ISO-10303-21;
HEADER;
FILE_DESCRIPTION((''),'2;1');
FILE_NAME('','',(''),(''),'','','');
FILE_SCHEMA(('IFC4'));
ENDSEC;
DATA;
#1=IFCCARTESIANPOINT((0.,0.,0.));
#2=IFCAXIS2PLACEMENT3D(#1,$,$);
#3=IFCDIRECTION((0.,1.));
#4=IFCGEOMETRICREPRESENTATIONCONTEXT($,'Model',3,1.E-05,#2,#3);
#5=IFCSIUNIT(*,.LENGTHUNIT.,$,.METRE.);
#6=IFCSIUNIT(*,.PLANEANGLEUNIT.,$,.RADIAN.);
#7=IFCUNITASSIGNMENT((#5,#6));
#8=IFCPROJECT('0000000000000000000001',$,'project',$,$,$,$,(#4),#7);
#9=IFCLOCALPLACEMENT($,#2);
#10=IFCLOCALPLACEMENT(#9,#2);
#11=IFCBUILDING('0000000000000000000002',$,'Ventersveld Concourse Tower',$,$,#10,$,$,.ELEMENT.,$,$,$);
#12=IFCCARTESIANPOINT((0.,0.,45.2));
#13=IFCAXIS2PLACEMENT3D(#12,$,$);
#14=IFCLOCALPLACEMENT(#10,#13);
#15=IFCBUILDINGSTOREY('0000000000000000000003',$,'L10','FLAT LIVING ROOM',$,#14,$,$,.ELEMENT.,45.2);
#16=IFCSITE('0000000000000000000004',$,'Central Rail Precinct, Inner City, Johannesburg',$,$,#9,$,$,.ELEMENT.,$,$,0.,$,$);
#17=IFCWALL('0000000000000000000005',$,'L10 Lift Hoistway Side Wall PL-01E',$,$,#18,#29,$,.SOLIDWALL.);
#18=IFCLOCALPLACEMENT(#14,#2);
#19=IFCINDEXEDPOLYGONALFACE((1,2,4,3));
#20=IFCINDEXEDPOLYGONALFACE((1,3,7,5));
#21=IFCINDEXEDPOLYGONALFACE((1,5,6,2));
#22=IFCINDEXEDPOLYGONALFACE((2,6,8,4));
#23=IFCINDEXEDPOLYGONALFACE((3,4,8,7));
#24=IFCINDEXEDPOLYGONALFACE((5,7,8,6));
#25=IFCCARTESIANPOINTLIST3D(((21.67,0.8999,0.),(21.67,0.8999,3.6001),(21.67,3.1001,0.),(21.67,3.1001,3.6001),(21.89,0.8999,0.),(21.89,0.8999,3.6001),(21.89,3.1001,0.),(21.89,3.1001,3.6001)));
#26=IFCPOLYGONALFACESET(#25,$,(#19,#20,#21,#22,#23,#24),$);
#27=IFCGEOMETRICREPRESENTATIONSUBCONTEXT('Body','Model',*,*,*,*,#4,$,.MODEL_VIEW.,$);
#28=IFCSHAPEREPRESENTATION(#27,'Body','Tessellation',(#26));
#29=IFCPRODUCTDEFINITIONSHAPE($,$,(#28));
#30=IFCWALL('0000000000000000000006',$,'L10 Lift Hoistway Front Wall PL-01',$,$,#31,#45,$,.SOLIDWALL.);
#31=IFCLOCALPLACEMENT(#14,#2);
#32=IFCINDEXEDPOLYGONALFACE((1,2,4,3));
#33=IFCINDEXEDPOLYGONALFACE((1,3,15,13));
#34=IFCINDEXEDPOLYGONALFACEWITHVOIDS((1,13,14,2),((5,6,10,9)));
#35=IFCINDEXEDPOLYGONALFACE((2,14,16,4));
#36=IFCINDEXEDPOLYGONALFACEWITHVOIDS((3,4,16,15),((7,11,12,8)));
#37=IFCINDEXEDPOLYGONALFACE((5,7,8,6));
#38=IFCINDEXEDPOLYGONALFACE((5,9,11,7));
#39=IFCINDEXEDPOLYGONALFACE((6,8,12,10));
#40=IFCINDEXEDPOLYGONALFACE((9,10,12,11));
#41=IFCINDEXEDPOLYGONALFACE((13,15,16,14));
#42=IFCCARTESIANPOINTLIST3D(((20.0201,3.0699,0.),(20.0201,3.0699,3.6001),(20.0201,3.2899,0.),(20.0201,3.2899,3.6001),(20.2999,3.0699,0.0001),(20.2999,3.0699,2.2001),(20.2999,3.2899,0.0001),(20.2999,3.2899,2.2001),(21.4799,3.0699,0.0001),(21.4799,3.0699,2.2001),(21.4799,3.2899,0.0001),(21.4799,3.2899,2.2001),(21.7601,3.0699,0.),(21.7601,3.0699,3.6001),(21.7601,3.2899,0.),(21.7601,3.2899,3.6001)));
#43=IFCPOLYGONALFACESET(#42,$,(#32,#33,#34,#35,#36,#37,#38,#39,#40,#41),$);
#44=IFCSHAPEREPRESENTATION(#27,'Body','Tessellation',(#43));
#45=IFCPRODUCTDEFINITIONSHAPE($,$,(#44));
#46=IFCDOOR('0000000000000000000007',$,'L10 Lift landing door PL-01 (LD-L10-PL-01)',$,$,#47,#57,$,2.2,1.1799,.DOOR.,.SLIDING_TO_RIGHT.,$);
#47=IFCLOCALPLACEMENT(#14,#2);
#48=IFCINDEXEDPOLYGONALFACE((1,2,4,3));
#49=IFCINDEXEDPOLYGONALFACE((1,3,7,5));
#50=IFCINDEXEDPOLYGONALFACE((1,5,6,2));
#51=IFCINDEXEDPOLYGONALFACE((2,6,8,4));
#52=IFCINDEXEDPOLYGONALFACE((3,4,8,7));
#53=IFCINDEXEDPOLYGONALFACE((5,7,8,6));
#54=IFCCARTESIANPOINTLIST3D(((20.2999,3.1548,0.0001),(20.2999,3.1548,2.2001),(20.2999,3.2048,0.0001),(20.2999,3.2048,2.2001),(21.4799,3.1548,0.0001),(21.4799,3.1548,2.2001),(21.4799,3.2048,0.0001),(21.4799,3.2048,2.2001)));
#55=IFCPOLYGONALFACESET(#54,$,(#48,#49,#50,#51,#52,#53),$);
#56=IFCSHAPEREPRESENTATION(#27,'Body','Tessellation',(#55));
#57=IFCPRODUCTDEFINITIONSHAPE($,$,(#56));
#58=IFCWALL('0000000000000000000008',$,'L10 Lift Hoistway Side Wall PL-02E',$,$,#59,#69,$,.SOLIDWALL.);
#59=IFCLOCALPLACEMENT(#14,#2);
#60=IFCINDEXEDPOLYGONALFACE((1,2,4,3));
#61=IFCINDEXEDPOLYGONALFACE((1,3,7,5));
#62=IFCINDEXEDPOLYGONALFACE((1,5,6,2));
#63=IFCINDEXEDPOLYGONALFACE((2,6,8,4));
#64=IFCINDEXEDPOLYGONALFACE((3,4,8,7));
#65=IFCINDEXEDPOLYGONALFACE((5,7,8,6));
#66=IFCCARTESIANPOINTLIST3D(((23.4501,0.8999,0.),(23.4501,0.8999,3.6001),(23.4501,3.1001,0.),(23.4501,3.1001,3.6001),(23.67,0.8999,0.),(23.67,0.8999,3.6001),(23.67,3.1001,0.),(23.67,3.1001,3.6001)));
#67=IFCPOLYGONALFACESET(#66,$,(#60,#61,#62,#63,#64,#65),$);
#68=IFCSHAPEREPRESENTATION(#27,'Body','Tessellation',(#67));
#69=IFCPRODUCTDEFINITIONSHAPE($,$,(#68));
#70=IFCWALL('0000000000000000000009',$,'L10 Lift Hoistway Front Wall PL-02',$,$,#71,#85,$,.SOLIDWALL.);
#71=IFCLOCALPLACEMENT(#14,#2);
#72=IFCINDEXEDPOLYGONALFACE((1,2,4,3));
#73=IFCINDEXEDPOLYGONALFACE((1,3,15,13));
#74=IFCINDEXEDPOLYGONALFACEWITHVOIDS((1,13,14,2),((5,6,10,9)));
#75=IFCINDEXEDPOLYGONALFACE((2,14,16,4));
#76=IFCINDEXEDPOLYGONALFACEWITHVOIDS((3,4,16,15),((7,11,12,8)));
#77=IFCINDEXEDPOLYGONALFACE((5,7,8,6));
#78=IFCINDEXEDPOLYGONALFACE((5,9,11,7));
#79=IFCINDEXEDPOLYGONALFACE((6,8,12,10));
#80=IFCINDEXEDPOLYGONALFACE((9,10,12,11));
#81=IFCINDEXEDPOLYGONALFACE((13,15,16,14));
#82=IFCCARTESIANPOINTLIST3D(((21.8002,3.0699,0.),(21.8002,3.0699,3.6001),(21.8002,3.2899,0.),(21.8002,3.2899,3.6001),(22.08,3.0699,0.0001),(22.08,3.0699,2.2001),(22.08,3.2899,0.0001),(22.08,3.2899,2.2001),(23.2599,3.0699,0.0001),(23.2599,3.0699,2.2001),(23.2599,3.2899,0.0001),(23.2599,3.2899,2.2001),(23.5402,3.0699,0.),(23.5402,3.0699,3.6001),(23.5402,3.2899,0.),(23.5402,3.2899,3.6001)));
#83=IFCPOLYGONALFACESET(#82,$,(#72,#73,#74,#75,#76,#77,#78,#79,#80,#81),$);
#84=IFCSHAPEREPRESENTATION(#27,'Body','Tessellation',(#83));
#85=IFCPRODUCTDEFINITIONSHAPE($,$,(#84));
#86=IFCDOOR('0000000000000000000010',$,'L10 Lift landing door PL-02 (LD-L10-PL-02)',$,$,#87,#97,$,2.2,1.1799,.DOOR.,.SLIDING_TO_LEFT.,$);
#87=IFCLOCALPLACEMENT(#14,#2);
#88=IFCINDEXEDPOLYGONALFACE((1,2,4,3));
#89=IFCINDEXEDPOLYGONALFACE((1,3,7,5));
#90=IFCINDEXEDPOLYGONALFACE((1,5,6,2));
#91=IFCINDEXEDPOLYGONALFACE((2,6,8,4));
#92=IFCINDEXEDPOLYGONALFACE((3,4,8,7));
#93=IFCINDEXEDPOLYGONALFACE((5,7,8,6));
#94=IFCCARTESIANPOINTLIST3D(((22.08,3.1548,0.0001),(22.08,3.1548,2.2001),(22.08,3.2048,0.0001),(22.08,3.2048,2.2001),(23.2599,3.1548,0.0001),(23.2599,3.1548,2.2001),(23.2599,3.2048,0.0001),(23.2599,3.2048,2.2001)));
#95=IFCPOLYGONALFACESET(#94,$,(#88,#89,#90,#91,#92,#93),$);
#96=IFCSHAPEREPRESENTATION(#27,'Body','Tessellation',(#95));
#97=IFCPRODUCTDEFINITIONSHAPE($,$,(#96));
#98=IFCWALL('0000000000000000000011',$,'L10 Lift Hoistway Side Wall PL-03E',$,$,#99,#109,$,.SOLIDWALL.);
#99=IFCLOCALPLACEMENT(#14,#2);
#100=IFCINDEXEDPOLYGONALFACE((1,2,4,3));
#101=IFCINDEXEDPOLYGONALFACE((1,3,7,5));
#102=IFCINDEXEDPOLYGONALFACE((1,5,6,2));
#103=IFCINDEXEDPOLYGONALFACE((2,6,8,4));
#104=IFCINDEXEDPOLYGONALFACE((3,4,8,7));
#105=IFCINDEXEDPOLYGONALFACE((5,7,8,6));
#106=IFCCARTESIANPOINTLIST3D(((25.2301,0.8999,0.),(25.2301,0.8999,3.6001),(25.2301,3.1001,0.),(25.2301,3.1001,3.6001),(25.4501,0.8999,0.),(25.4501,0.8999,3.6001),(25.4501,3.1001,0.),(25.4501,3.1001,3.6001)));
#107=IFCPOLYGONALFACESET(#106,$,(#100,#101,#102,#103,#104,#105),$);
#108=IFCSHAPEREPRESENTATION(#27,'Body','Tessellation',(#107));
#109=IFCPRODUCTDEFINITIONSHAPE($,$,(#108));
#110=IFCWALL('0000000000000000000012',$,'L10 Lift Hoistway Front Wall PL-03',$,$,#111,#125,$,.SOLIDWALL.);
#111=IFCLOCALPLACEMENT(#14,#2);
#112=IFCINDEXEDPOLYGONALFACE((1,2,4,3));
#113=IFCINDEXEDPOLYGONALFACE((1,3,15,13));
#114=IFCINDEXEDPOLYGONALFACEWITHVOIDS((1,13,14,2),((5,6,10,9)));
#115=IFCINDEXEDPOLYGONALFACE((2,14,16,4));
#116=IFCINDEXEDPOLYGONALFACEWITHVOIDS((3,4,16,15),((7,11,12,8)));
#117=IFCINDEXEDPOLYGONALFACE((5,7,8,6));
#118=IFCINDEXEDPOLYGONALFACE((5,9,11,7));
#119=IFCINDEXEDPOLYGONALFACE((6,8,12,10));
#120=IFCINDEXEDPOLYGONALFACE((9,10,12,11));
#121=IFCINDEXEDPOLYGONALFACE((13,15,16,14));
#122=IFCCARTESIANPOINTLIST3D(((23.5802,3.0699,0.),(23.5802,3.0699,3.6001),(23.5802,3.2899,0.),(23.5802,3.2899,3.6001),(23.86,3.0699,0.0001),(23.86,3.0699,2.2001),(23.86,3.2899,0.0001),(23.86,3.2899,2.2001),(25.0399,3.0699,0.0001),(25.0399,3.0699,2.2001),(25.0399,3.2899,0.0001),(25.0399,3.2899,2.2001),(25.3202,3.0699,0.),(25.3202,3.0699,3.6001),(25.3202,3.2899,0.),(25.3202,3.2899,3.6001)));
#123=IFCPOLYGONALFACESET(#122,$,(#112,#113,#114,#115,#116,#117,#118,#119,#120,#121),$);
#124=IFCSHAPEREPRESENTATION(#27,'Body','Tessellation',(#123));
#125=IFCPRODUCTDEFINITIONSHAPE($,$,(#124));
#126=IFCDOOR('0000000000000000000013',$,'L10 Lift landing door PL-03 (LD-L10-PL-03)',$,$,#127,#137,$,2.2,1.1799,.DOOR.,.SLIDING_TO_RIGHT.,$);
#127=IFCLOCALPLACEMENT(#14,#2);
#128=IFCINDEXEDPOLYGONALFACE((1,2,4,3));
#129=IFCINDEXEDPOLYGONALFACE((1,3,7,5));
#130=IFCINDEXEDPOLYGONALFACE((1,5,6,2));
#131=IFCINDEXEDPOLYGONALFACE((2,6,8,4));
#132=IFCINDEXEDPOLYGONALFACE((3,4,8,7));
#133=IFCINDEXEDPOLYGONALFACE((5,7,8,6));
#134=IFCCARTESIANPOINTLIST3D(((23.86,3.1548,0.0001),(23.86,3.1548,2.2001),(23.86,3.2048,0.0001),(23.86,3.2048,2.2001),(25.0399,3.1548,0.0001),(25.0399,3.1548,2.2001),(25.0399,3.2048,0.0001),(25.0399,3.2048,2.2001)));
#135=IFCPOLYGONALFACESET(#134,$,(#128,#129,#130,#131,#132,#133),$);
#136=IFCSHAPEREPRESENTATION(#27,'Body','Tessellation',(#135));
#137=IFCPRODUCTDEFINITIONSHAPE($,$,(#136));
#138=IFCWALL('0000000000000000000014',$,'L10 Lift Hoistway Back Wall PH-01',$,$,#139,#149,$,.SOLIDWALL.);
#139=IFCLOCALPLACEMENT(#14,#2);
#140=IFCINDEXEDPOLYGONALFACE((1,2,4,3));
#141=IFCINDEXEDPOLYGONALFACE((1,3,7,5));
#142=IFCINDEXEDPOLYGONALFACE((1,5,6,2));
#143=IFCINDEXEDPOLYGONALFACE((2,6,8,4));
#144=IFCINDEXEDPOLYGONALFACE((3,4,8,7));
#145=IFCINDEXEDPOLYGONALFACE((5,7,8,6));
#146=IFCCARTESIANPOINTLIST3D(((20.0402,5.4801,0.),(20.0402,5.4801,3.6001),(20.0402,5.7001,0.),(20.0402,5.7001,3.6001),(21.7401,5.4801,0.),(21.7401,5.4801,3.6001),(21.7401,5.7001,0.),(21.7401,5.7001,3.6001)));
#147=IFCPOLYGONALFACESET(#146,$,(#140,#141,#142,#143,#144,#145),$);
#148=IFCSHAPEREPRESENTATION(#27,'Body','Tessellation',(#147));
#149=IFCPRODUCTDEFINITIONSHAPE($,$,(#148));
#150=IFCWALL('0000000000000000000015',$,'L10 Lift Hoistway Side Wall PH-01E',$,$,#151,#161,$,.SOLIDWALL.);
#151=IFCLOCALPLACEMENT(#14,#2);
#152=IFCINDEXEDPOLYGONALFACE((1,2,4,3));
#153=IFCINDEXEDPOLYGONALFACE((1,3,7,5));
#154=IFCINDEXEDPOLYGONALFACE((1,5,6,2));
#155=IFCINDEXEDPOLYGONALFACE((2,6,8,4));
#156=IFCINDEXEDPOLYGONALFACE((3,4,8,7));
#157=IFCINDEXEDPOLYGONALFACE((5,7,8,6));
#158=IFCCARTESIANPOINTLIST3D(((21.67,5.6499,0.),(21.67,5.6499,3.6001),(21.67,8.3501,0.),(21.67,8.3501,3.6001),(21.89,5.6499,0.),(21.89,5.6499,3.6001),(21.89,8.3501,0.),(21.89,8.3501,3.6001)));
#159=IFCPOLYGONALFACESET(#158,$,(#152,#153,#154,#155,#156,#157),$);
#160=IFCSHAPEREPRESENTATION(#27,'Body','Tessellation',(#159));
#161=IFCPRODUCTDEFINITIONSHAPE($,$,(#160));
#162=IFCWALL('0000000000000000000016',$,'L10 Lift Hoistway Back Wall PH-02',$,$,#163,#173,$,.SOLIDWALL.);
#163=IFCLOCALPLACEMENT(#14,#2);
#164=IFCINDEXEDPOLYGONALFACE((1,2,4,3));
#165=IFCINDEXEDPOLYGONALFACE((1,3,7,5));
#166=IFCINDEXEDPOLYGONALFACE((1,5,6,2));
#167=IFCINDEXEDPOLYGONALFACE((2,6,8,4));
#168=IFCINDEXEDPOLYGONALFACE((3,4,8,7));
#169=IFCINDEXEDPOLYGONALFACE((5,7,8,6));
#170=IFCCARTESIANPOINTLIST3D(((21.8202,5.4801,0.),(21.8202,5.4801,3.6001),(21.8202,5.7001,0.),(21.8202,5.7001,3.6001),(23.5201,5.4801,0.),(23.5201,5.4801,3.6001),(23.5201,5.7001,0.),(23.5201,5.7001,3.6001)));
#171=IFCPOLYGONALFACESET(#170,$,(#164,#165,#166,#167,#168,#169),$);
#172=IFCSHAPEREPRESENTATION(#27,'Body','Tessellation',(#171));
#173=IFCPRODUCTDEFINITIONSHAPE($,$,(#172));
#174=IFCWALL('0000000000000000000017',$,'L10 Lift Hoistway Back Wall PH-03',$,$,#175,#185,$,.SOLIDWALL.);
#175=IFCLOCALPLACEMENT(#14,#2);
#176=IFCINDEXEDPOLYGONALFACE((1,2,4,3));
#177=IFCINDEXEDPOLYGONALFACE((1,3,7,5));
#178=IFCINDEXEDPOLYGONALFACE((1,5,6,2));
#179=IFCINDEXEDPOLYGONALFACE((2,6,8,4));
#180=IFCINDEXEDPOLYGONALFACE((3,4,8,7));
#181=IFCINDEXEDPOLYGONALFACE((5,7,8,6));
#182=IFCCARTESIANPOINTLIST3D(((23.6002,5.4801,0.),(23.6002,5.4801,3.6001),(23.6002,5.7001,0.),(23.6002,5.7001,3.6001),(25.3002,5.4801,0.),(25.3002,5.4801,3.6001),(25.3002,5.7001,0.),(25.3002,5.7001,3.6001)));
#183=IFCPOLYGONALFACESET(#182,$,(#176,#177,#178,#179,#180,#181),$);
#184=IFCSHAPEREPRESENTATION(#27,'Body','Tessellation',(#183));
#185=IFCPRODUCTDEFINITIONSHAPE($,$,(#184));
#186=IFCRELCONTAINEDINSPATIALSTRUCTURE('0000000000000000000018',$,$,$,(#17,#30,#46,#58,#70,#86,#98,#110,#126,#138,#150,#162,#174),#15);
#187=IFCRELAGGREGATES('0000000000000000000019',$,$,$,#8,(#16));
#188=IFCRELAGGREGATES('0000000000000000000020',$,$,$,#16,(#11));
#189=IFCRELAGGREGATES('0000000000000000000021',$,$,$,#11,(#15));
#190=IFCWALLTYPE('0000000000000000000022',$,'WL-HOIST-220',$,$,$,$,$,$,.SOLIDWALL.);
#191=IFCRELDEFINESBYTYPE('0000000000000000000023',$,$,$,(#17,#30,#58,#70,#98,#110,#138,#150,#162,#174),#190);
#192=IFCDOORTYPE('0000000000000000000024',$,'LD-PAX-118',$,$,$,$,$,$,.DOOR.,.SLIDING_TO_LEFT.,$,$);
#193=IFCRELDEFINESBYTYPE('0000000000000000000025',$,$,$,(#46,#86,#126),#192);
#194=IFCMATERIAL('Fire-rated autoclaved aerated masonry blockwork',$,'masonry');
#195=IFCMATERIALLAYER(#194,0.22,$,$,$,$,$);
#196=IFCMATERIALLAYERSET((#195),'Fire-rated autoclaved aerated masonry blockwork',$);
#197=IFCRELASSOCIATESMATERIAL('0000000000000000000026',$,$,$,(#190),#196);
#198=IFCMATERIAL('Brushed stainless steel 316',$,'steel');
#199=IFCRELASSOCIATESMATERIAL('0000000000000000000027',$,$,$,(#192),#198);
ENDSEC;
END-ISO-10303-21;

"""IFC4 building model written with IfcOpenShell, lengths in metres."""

from ifc_helpers import new_model, si_unit, direction, frame, frame_2d, origin, place, context, subcontext, project, spatial, rectangle, extrude, material, layer, layer_set, type_object, element, fill, save


model = new_model("IFC4")

# Units and contexts
model_context = context("Model", 3, precision=1e-05, world=origin(), true_north=direction((0.0, 1.0)))
body_context = subcontext(model_context, "Body", "Model", "MODEL_VIEW")
ifc_project = project(units=[si_unit("LENGTHUNIT", "METRE"), si_unit("PLANEANGLEUNIT", "RADIAN")], contexts=[model_context])

# Site, building, storey
site_placement = place(None, origin())
site = spatial("IfcSite", under=ifc_project, at=site_placement, Name="Central Rail Precinct, Inner City, Johannesburg", CompositionType="ELEMENT", RefElevation=0.0)
building_placement = place(site_placement, origin())
building = spatial("IfcBuilding", under=site, at=building_placement, Name="Ventersveld Concourse Tower", CompositionType="ELEMENT")
storey_placement = place(building_placement, frame((0.0, 0.0, 45.2)))
storey = spatial("IfcBuildingStorey", under=building, at=storey_placement, Name="L10", Description="FLAT LIVING ROOM", CompositionType="ELEMENT", Elevation=45.2)

# Wall
ifc_material_1 = material(Name="Fire-rated autoclaved aerated masonry blockwork", Category="masonry")
ifc_layer_1 = layer(ifc_material_1, 0.22)
ifc_layer_set_1 = layer_set([ifc_layer_1], Name="Fire-rated autoclaved aerated masonry blockwork")
wall_type_1 = type_object("IfcWallType", Name="WL-HOIST-220", PredefinedType="SOLIDWALL", material=ifc_layer_set_1)
wall_1_placement = place(storey_placement, frame((21.78, 0.8999, 0.0), z_axis=(0.0, 0.0, 1.0), x_axis=(0.0, 1.0, 0.0)))
element("IfcWall", 1, at=wall_1_placement, inside=storey, type_object=wall_type_1, Name="L10 Lift Hoistway Side Wall PL-01E", PredefinedType="SOLIDWALL", context=body_context, shape_type="SweptSolid", body=[
    extrude(rectangle(XDim=2.2002, YDim=0.22, at=frame_2d((1.1001, 0.0))), origin(), (0.0, 0.0, 1.0), 3.6001),
])

# Wall, opening, door
wall_2_placement = place(storey_placement, frame((20.02, 3.1799, 0.0), z_axis=(0.0, 0.0, 1.0), x_axis=(1.0, 0.0, 0.0)))
wall_2 = element("IfcWall", 2, at=wall_2_placement, inside=storey, type_object=wall_type_1, Name="L10 Lift Hoistway Front Wall PL-01", PredefinedType="SOLIDWALL", context=body_context, shape_type="SweptSolid", body=[
    extrude(rectangle(XDim=1.74, YDim=0.22, at=frame_2d((0.8701, 0.0))), origin(), (0.0, 0.0, 1.0), 3.6001),
])
opening_1_placement = place(wall_2_placement, frame((0.28, 0.0, 0.0)))
opening_1 = element("IfcOpeningElement", 3, at=opening_1_placement, cuts=wall_2, PredefinedType="OPENING", context=body_context, shape_type="SweptSolid", body=[
    extrude(rectangle(XDim=1.1799, YDim=2.2, at=frame_2d((0.5898, 1.1001))), frame((0.0, 0.1201, 0.0), z_axis=(0.0, -1.0, 0.0), x_axis=(1.0, 0.0, 0.0)), (0.0, 0.0, 1.0), 0.24),
])
ifc_material_2 = material(Name="Brushed stainless steel 316", Category="steel")
door_type = type_object("IfcDoorType", Name="LD-PAX-118", OperationType="SLIDING_TO_LEFT", PredefinedType="DOOR", material=ifc_material_2)
door_1_placement = place(opening_1_placement, origin())
door_1 = element("IfcDoor", 4, at=door_1_placement, inside=storey, type_object=door_type, Name="L10 Lift landing door PL-01 (LD-L10-PL-01)", OperationType="SLIDING_TO_RIGHT", OverallHeight=2.2, OverallWidth=1.1799, PredefinedType="DOOR", context=body_context, shape_type="SweptSolid", body=[
    extrude(rectangle(XDim=1.1799, YDim=2.2, at=frame_2d((0.5898, 1.1001))), frame((0.0, 0.0249, 0.0), z_axis=(0.0, -1.0, 0.0), x_axis=(1.0, 0.0, 0.0)), (0.0, 0.0, 1.0), 0.05),
])
fill(opening_1, door_1)

# Wall
wall_3_placement = place(storey_placement, frame((23.5601, 0.8999, 0.0), z_axis=(0.0, 0.0, 1.0), x_axis=(0.0, 1.0, 0.0)))
element("IfcWall", 5, at=wall_3_placement, inside=storey, type_object=wall_type_1, Name="L10 Lift Hoistway Side Wall PL-02E", PredefinedType="SOLIDWALL", context=body_context, shape_type="SweptSolid", body=[
    extrude(rectangle(XDim=2.2002, YDim=0.22, at=frame_2d((1.1001, 0.0))), origin(), (0.0, 0.0, 1.0), 3.6001),
])

# Wall, opening, door
wall_4_placement = place(storey_placement, frame((21.8, 3.1799, 0.0), z_axis=(0.0, 0.0, 1.0), x_axis=(1.0, 0.0, 0.0)))
wall_4 = element("IfcWall", 6, at=wall_4_placement, inside=storey, type_object=wall_type_1, Name="L10 Lift Hoistway Front Wall PL-02", PredefinedType="SOLIDWALL", context=body_context, shape_type="SweptSolid", body=[
    extrude(rectangle(XDim=1.74, YDim=0.22, at=frame_2d((0.8701, 0.0))), origin(), (0.0, 0.0, 1.0), 3.6001),
])
opening_2_placement = place(wall_4_placement, frame((0.28, 0.0, 0.0)))
opening_2 = element("IfcOpeningElement", 7, at=opening_2_placement, cuts=wall_4, PredefinedType="OPENING", context=body_context, shape_type="SweptSolid", body=[
    extrude(rectangle(XDim=1.1799, YDim=2.2, at=frame_2d((0.5898, 1.1001))), frame((0.0, 0.1201, 0.0), z_axis=(0.0, -1.0, 0.0), x_axis=(1.0, 0.0, 0.0)), (0.0, 0.0, 1.0), 0.24),
])
door_2_placement = place(opening_2_placement, origin())
door_2 = element("IfcDoor", 8, at=door_2_placement, inside=storey, type_object=door_type, Name="L10 Lift landing door PL-02 (LD-L10-PL-02)", OperationType="SLIDING_TO_LEFT", OverallHeight=2.2, OverallWidth=1.1799, PredefinedType="DOOR", context=body_context, shape_type="SweptSolid", body=[
    extrude(rectangle(XDim=1.1799, YDim=2.2, at=frame_2d((0.5898, 1.1001))), frame((0.0, 0.0249, 0.0), z_axis=(0.0, -1.0, 0.0), x_axis=(1.0, 0.0, 0.0)), (0.0, 0.0, 1.0), 0.05),
])
fill(opening_2, door_2)

# Wall
wall_5_placement = place(storey_placement, frame((25.3401, 0.8999, 0.0), z_axis=(0.0, 0.0, 1.0), x_axis=(0.0, 1.0, 0.0)))
element("IfcWall", 9, at=wall_5_placement, inside=storey, type_object=wall_type_1, Name="L10 Lift Hoistway Side Wall PL-03E", PredefinedType="SOLIDWALL", context=body_context, shape_type="SweptSolid", body=[
    extrude(rectangle(XDim=2.2002, YDim=0.22, at=frame_2d((1.1001, 0.0))), origin(), (0.0, 0.0, 1.0), 3.6001),
])

# Wall, opening, door
wall_6_placement = place(storey_placement, frame((23.5801, 3.1799, 0.0), z_axis=(0.0, 0.0, 1.0), x_axis=(1.0, 0.0, 0.0)))
wall_6 = element("IfcWall", 10, at=wall_6_placement, inside=storey, type_object=wall_type_1, Name="L10 Lift Hoistway Front Wall PL-03", PredefinedType="SOLIDWALL", context=body_context, shape_type="SweptSolid", body=[
    extrude(rectangle(XDim=1.74, YDim=0.22, at=frame_2d((0.8701, 0.0))), origin(), (0.0, 0.0, 1.0), 3.6001),
])
opening_3_placement = place(wall_6_placement, frame((0.28, 0.0, 0.0)))
opening_3 = element("IfcOpeningElement", 11, at=opening_3_placement, cuts=wall_6, PredefinedType="OPENING", context=body_context, shape_type="SweptSolid", body=[
    extrude(rectangle(XDim=1.1799, YDim=2.2, at=frame_2d((0.5898, 1.1001))), frame((0.0, 0.1201, 0.0), z_axis=(0.0, -1.0, 0.0), x_axis=(1.0, 0.0, 0.0)), (0.0, 0.0, 1.0), 0.24),
])
door_3_placement = place(opening_3_placement, origin())
door_3 = element("IfcDoor", 12, at=door_3_placement, inside=storey, type_object=door_type, Name="L10 Lift landing door PL-03 (LD-L10-PL-03)", OperationType="SLIDING_TO_RIGHT", OverallHeight=2.2, OverallWidth=1.1799, PredefinedType="DOOR", context=body_context, shape_type="SweptSolid", body=[
    extrude(rectangle(XDim=1.1799, YDim=2.2, at=frame_2d((0.5898, 1.1001))), frame((0.0, 0.0249, 0.0), z_axis=(0.0, -1.0, 0.0), x_axis=(1.0, 0.0, 0.0)), (0.0, 0.0, 1.0), 0.05),
])
fill(opening_3, door_3)

# Walls
wall_7_placement = place(storey_placement, frame((20.04, 5.5901, 0.0), z_axis=(0.0, 0.0, 1.0), x_axis=(1.0, 0.0, 0.0)))
element("IfcWall", 13, at=wall_7_placement, inside=storey, type_object=wall_type_1, Name="L10 Lift Hoistway Back Wall PH-01", PredefinedType="SOLIDWALL", context=body_context, shape_type="SweptSolid", body=[
    extrude(rectangle(XDim=1.7, YDim=0.22, at=frame_2d((0.8501, 0.0))), origin(), (0.0, 0.0, 1.0), 3.6001),
])
wall_8_placement = place(storey_placement, frame((21.78, 5.6499, 0.0), z_axis=(0.0, 0.0, 1.0), x_axis=(0.0, 1.0, 0.0)))
element("IfcWall", 14, at=wall_8_placement, inside=storey, type_object=wall_type_1, Name="L10 Lift Hoistway Side Wall PH-01E", PredefinedType="SOLIDWALL", context=body_context, shape_type="SweptSolid", body=[
    extrude(rectangle(XDim=2.7002, YDim=0.22, at=frame_2d((1.3501, 0.0))), origin(), (0.0, 0.0, 1.0), 3.6001),
])
for number, where, z_axis, x_axis, name in (
    (15, (21.8201, 5.5901, 0.0), (0.0, 0.0, 1.0), (1.0, 0.0, 0.0), "L10 Lift Hoistway Back Wall PH-02"),
    (16, (23.6001, 5.5901, 0.0), (0.0, 0.0, 1.0), (1.0, 0.0, 0.0), "L10 Lift Hoistway Back Wall PH-03"),
):
    element("IfcWall", number, at=place(storey_placement, frame(where, z_axis=z_axis, x_axis=x_axis)), inside=storey, type_object=wall_type_1, Name=name, PredefinedType="SOLIDWALL", context=body_context, shape_type="SweptSolid", body=[
        extrude(rectangle(XDim=1.7, YDim=0.22, at=frame_2d((0.8501, 0.0))), origin(), (0.0, 0.0, 1.0), 3.6001),
    ])

save(model, "model.ifc")
